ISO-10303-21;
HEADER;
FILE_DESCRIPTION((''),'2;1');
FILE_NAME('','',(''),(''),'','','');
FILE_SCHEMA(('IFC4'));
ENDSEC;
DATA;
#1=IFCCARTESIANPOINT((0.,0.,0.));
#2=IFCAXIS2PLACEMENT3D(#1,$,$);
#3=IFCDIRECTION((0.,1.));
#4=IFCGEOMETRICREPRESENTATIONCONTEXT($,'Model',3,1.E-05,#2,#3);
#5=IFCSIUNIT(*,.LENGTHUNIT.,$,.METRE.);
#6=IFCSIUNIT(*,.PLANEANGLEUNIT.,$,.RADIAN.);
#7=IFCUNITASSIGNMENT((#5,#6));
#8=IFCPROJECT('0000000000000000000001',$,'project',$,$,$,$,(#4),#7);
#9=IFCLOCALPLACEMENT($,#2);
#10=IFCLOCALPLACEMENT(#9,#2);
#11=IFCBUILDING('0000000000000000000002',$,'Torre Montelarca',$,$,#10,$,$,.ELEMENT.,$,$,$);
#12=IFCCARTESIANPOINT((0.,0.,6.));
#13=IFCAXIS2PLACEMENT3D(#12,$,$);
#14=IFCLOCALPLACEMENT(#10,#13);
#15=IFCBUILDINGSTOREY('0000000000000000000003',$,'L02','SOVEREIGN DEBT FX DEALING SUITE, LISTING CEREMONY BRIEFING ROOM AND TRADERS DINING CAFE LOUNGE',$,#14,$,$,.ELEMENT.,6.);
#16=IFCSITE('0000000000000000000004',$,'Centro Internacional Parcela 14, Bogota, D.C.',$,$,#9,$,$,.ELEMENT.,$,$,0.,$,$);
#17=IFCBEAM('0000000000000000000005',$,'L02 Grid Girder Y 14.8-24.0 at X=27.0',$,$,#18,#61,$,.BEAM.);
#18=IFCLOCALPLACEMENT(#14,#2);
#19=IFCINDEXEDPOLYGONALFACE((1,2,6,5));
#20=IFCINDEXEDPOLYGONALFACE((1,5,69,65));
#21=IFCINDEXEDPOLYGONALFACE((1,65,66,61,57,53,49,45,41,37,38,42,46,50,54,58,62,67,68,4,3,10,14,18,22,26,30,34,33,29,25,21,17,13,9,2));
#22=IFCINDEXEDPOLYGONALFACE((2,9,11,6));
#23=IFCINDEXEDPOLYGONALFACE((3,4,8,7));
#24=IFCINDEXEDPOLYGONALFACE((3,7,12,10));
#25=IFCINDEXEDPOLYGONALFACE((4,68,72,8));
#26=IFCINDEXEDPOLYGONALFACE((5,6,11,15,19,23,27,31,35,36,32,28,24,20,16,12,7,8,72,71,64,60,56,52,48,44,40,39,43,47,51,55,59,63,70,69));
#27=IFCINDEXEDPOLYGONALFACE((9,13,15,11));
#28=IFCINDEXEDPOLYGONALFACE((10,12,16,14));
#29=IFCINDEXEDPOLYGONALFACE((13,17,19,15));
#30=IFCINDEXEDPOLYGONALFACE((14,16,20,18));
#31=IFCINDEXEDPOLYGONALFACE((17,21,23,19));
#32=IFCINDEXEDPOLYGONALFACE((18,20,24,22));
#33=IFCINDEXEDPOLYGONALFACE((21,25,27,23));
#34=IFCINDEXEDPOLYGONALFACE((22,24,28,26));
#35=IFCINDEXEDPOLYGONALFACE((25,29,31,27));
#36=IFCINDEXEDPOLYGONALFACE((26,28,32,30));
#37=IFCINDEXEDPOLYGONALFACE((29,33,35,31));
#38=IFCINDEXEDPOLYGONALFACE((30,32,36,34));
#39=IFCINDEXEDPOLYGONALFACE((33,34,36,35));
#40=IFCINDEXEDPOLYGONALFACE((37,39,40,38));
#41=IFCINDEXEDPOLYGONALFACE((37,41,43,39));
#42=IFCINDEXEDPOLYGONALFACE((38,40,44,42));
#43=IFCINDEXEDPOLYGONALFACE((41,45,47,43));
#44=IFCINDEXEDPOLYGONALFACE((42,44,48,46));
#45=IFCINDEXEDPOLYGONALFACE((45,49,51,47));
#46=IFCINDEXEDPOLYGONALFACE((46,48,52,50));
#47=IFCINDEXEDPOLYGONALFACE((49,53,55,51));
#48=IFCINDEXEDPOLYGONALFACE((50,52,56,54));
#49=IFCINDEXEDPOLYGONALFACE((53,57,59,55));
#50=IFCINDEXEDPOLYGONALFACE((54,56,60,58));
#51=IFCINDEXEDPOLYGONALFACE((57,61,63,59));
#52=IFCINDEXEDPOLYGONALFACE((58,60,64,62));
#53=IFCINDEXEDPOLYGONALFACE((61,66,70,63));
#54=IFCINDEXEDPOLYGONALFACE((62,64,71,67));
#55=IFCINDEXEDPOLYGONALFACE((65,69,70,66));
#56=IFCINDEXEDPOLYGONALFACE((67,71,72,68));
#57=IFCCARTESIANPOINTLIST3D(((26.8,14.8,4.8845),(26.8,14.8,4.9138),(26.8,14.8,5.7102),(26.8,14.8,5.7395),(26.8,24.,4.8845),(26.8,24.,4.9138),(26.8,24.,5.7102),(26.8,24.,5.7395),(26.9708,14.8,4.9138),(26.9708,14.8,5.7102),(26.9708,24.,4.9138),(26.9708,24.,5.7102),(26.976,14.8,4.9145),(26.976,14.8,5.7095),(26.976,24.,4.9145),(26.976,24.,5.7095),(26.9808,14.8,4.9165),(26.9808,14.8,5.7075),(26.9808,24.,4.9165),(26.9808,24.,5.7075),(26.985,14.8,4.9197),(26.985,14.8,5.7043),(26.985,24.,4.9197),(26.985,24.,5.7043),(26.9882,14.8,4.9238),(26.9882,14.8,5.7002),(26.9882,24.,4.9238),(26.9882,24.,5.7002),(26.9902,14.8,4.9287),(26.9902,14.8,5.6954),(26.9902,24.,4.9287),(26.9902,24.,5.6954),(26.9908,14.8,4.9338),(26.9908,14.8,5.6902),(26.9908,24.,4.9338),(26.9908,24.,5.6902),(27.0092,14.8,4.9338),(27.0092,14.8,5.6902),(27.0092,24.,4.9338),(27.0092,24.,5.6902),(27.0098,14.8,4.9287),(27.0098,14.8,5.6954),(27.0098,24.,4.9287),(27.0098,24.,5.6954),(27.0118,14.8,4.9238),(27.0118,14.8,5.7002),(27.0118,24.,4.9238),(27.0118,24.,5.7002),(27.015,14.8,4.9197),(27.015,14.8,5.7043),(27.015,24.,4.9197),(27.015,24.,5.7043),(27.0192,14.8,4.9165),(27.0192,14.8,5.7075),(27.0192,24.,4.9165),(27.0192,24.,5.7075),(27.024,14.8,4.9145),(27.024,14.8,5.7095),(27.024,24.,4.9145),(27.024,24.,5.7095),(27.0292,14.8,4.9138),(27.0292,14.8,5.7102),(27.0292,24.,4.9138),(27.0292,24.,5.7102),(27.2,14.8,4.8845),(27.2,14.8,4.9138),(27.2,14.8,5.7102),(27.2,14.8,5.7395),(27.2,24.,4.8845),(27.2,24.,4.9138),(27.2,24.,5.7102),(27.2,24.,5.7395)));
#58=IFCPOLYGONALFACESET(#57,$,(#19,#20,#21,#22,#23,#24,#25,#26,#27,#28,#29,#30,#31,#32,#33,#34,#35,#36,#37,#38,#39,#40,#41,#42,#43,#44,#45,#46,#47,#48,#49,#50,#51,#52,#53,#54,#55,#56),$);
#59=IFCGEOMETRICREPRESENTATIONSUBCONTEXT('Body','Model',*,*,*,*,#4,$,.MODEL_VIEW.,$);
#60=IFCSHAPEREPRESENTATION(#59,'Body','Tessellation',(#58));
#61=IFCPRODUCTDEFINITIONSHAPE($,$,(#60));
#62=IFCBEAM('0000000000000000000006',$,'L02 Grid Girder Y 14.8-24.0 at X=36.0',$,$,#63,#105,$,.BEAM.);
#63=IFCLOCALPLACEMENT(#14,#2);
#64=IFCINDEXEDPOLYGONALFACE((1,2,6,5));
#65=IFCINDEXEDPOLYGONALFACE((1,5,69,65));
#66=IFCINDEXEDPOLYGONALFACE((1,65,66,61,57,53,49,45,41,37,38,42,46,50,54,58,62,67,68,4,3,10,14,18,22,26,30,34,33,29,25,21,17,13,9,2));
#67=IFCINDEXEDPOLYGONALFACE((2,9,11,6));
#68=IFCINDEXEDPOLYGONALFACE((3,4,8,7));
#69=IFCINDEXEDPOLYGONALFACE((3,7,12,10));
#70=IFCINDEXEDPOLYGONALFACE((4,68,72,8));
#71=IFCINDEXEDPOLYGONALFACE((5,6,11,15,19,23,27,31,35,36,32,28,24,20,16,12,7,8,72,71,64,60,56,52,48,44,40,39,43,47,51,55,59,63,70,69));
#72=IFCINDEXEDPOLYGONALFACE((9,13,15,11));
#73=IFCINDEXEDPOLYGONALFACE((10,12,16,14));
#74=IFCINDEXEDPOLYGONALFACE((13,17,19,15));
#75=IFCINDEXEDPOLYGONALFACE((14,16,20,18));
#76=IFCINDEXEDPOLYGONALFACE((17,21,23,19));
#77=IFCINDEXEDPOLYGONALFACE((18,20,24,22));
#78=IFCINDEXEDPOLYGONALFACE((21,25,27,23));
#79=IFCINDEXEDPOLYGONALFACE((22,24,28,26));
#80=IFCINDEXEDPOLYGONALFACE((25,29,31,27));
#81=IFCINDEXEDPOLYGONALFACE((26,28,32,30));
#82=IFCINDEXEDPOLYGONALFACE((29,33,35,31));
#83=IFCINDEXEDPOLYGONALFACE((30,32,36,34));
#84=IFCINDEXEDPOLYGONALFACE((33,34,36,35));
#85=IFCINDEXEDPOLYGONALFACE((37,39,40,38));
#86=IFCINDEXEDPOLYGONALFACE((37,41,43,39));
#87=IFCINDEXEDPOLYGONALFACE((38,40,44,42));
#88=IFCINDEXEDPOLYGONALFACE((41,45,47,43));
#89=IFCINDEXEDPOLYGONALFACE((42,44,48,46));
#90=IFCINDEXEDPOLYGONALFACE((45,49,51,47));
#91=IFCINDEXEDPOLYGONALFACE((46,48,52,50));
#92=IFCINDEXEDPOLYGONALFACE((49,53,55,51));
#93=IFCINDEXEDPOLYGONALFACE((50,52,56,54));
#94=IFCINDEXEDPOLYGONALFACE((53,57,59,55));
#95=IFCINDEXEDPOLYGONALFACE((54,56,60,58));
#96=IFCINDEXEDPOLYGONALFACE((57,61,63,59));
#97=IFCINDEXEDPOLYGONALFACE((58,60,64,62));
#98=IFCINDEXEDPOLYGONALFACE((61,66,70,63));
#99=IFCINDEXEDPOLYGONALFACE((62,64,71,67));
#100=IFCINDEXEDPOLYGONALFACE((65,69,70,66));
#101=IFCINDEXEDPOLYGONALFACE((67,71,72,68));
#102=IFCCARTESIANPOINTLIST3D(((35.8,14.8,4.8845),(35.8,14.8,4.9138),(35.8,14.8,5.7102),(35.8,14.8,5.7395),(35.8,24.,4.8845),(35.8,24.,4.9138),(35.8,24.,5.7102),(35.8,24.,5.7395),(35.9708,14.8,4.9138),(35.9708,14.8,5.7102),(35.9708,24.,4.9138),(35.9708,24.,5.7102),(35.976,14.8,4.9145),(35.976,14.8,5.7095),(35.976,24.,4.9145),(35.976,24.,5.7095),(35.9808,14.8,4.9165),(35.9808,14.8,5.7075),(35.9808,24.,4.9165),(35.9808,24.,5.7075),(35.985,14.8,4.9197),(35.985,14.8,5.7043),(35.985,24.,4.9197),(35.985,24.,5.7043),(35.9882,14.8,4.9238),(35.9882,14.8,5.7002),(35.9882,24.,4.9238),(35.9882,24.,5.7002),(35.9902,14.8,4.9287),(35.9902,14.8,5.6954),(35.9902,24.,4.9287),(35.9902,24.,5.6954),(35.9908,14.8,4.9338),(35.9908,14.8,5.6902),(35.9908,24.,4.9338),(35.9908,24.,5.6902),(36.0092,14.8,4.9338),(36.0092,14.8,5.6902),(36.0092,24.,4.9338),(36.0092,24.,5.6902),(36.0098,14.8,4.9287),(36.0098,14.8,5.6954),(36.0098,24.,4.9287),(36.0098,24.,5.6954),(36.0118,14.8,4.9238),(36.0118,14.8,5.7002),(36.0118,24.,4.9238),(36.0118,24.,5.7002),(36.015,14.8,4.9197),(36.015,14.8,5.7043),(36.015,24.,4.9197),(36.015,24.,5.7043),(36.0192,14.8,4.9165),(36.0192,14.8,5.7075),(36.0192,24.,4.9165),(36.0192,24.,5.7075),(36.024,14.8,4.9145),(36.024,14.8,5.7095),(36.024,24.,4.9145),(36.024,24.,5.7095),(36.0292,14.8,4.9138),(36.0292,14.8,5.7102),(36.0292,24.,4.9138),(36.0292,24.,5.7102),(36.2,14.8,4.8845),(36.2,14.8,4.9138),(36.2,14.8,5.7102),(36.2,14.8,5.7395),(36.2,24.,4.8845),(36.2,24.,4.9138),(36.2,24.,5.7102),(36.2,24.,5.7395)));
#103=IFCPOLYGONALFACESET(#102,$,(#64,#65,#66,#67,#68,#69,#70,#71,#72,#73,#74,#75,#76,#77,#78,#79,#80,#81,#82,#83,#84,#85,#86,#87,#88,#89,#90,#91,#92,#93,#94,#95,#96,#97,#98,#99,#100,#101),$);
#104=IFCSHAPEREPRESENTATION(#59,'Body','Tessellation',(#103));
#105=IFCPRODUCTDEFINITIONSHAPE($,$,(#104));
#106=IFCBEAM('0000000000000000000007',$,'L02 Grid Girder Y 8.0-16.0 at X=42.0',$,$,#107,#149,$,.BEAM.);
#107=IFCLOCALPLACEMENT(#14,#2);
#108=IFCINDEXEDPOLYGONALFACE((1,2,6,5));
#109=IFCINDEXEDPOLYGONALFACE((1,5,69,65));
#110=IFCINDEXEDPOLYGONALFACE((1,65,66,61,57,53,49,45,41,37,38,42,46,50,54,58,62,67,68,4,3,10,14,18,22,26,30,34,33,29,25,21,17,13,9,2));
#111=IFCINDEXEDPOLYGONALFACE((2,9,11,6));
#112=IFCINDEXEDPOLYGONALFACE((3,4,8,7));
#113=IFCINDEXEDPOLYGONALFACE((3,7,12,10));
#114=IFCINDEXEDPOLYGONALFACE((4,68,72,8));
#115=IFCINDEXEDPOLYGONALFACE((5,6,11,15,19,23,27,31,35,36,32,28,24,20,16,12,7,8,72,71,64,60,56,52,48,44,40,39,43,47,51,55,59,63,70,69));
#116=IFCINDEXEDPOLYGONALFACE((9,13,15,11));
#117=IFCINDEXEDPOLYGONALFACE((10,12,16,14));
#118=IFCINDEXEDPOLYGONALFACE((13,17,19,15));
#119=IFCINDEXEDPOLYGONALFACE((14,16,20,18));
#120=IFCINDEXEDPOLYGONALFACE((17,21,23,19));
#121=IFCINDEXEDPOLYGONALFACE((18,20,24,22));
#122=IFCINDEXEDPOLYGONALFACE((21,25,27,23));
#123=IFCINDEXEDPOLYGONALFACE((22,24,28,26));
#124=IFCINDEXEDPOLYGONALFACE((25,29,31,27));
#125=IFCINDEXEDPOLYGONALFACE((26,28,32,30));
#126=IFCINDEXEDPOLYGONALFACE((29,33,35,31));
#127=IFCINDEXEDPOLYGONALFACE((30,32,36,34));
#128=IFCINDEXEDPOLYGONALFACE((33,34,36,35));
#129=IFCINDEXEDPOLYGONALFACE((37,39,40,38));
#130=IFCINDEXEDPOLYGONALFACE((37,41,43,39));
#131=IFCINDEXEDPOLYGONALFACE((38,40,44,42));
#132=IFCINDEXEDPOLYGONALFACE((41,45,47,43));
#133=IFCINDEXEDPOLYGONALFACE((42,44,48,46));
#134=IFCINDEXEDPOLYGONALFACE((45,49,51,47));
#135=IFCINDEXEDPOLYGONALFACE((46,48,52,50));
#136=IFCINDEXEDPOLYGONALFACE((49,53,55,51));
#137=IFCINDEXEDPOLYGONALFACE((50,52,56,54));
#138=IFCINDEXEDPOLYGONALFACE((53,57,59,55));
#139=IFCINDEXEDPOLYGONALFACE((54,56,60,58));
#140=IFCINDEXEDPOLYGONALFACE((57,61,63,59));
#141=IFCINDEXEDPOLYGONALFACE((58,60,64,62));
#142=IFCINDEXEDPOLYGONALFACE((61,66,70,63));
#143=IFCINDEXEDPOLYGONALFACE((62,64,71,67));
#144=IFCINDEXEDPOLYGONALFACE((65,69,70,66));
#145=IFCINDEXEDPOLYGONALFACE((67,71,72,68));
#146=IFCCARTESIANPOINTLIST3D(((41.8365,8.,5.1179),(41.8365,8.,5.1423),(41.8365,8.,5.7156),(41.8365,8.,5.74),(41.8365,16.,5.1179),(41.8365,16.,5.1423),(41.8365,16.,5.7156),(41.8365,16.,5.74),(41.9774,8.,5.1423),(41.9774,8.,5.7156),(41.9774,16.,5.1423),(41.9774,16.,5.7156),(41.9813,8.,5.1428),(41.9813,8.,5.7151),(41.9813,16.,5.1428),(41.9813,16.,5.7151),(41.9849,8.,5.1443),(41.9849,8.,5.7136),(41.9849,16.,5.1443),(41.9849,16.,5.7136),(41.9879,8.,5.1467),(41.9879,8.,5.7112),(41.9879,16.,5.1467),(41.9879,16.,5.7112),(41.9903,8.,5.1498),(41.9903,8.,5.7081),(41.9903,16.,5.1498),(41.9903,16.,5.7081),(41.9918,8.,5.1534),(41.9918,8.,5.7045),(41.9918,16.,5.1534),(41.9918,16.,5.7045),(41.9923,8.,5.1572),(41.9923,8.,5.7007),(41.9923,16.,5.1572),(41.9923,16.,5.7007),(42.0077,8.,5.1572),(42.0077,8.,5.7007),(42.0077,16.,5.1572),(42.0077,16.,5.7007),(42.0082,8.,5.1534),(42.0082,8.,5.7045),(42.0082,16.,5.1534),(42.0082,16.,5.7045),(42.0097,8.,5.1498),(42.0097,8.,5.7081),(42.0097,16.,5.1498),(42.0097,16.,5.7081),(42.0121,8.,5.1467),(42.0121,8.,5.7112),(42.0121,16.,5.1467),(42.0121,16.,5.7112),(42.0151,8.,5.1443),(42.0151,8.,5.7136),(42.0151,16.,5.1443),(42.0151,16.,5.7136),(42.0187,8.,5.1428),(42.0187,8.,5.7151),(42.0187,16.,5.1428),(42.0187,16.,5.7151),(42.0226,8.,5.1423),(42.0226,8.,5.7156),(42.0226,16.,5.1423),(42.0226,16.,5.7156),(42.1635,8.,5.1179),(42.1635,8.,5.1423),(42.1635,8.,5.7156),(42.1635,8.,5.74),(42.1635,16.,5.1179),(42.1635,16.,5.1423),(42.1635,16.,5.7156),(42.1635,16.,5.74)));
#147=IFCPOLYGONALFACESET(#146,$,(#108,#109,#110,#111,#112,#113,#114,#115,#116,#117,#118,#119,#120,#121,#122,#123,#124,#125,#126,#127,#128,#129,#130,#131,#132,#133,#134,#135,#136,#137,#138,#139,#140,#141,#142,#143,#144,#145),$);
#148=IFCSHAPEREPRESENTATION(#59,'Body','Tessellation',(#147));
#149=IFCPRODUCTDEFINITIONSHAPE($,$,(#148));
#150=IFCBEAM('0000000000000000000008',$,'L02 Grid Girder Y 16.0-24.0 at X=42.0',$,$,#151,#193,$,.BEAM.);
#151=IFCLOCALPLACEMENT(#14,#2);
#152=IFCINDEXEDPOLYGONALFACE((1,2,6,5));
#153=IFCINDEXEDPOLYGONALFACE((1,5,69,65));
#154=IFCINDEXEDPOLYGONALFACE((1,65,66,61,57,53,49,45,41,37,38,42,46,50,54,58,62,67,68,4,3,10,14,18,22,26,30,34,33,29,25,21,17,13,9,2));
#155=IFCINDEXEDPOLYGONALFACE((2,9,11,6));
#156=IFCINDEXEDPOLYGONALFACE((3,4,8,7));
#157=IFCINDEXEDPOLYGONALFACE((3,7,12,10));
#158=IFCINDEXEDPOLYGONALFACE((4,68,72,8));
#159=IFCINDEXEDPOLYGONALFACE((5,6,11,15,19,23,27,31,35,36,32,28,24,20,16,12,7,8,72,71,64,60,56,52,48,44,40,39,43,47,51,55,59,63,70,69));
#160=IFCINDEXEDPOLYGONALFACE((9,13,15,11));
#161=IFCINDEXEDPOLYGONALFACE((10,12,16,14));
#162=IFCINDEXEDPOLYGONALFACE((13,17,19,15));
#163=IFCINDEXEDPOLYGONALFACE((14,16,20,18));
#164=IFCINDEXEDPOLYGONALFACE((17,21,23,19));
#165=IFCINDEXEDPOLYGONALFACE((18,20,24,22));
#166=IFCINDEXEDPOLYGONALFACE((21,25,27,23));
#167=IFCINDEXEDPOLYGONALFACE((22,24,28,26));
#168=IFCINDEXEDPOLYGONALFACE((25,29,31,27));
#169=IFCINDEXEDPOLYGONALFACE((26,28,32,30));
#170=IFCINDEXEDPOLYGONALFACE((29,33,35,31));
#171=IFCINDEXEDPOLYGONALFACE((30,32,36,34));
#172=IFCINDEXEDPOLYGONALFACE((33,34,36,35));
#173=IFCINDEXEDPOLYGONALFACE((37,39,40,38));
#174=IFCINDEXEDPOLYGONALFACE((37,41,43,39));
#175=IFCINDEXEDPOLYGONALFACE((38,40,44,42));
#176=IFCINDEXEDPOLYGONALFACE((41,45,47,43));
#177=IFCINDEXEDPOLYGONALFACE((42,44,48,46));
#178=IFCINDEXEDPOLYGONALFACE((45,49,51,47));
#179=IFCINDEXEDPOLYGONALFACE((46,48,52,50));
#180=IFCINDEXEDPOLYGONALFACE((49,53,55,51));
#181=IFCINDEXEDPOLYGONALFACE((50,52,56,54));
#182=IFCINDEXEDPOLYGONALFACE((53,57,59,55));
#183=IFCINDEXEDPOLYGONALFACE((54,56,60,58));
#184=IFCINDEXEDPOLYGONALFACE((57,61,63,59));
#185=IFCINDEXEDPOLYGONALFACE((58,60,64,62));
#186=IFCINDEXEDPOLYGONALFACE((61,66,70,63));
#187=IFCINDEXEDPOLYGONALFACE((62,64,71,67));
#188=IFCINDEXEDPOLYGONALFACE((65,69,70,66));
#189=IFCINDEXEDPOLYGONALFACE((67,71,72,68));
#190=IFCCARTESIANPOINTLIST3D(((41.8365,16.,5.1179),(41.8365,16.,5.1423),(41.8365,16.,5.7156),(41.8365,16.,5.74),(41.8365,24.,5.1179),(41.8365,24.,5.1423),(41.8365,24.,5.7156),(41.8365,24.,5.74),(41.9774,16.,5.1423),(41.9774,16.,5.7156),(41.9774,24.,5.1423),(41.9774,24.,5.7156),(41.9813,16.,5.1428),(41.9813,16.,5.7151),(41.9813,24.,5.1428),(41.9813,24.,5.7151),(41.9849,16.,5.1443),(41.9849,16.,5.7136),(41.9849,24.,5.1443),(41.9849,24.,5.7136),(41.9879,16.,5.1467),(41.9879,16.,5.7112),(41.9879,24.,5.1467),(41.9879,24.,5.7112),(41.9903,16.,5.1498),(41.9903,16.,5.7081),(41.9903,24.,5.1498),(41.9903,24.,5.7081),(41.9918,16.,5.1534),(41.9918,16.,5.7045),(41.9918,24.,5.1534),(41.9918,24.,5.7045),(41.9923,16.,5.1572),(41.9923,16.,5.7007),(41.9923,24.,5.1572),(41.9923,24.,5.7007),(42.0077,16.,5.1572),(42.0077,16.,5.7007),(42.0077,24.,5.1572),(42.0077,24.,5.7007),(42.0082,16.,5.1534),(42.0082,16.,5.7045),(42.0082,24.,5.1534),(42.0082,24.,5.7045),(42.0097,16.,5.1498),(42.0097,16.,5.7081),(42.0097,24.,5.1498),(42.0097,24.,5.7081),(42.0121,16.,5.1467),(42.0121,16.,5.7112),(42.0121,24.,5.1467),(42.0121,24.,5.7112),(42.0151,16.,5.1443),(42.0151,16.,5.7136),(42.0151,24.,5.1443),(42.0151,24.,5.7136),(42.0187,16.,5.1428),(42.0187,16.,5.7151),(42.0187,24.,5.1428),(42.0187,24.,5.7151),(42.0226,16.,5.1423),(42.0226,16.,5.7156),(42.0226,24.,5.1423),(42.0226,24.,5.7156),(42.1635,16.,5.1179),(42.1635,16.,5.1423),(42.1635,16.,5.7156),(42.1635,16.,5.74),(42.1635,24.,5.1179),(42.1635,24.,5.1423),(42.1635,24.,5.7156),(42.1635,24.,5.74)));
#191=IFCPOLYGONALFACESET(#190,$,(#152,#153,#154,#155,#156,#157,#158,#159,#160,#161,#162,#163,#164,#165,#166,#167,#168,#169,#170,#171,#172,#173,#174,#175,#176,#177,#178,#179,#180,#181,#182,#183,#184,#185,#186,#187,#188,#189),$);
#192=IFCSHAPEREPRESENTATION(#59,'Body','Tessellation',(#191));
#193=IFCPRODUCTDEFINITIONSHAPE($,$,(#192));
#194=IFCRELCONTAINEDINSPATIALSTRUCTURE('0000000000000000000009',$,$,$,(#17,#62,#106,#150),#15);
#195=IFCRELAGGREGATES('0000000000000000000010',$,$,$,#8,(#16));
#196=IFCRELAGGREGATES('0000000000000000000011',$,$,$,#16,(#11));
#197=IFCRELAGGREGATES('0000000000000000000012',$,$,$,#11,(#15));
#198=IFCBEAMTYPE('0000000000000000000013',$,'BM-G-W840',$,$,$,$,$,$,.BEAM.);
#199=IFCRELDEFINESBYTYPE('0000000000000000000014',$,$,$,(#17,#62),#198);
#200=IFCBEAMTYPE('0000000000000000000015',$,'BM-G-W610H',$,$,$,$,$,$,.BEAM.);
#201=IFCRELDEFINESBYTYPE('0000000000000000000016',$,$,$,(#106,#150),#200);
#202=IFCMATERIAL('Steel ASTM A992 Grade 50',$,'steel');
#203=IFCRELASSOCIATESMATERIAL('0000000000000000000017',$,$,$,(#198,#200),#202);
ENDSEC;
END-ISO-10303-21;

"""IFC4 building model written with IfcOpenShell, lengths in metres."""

from ifc_helpers import new_model, si_unit, direction, frame, origin, origin_2d, place, context, subcontext, project, spatial, i_section, extrude, source, transform, mapped, material, material_profile, profile_set, type_object, element, save


model = new_model("IFC4")

# Units and contexts
model_context = context("Model", 3, precision=1e-05, world=origin(), true_north=direction((0.0, 1.0)))
body_context = subcontext(model_context, "Body", "Model", "MODEL_VIEW")
ifc_project = project(units=[si_unit("LENGTHUNIT", "METRE"), si_unit("PLANEANGLEUNIT", "RADIAN")], contexts=[model_context])

# Site, building, storey
site_placement = place(None, origin())
site = spatial("IfcSite", under=ifc_project, at=site_placement, Name="Centro Internacional Parcela 14, Bogota, D.C.", CompositionType="ELEMENT", RefElevation=0.0)
building_placement = place(site_placement, origin())
building = spatial("IfcBuilding", under=site, at=building_placement, Name="Torre Montelarca", CompositionType="ELEMENT")
storey_placement = place(building_placement, frame((0.0, 0.0, 6.0)))
storey = spatial("IfcBuildingStorey", under=building, at=storey_placement, Name="L02", Description="SOVEREIGN DEBT FX DEALING SUITE, LISTING CEREMONY BRIEFING ROOM AND TRADERS DINING CAFE LOUNGE", CompositionType="ELEMENT", Elevation=6.0)

# Beams
ifc_material_1 = material(Name="Steel ASTM A992 Grade 50", Category="steel")
ifc_material_profile_1 = material_profile(ifc_material_1, i_section(OverallWidth=0.3999, OverallDepth=0.855, WebThickness=0.0183, FlangeThickness=0.0293, FilletRadius=0.02, at=origin_2d()), Name="W840X299", Category="steel")
ifc_profile_set_1 = profile_set([ifc_material_profile_1], Name="Steel ASTM A992 Grade 50")
beam_type_1 = type_object("IfcBeamType", Name="BM-G-W840", PredefinedType="BEAM", material=ifc_profile_set_1)
ifc_material_profile_2 = material_profile(ifc_material_1, i_section(OverallWidth=0.3269, OverallDepth=0.6221, WebThickness=0.0154, FlangeThickness=0.0244, FilletRadius=0.0149, at=origin_2d()), Name="W610X195", Category="steel")
ifc_profile_set_2 = profile_set([ifc_material_profile_2], Name="Steel ASTM A992 Grade 50")
beam_type_2 = type_object("IfcBeamType", Name="BM-G-W610H", PredefinedType="BEAM", material=ifc_profile_set_2)
shared_shape_1 = source(origin(), body_context, "Body", "SweptSolid", [
    extrude(i_section(OverallWidth=0.3999, OverallDepth=0.855, WebThickness=0.0183, FlangeThickness=0.0293, FilletRadius=0.02, at=origin_2d()), origin(), (0.0, 0.0, 1.0), 9.2),
])
for number, where, z_axis, x_axis, name in (
    (1, (27.0, 14.8, 5.312), (0.0, 1.0, 0.0), (-1.0, 0.0, 0.0), "L02 Grid Girder Y 14.8-24.0 at X=27.0"),
    (2, (36.0, 14.8, 5.312), (0.0, 1.0, 0.0), (-1.0, 0.0, 0.0), "L02 Grid Girder Y 14.8-24.0 at X=36.0"),
):
    element("IfcBeam", number, at=place(storey_placement, frame(where, z_axis=z_axis, x_axis=x_axis)), inside=storey, type_object=beam_type_1, Name=name, PredefinedType="BEAM", context=body_context, shape_type="MappedRepresentation", body=[
        mapped(shared_shape_1, transform((0.0, 0.0, 0.0), scale=1.0)),
    ])
shared_shape_2 = source(origin(), body_context, "Body", "SweptSolid", [
    extrude(i_section(OverallWidth=0.3269, OverallDepth=0.6221, WebThickness=0.0154, FlangeThickness=0.0244, FilletRadius=0.0149, at=origin_2d()), origin(), (0.0, 0.0, 1.0), 8.0),
])
for number, where, z_axis, x_axis, name in (
    (3, (42.0, 8.0, 5.429), (0.0, 1.0, 0.0), (-1.0, 0.0, 0.0), "L02 Grid Girder Y 8.0-16.0 at X=42.0"),
    (4, (42.0, 16.0, 5.429), (0.0, 1.0, 0.0), (-1.0, 0.0, 0.0), "L02 Grid Girder Y 16.0-24.0 at X=42.0"),
):
    element("IfcBeam", number, at=place(storey_placement, frame(where, z_axis=z_axis, x_axis=x_axis)), inside=storey, type_object=beam_type_2, Name=name, PredefinedType="BEAM", context=body_context, shape_type="MappedRepresentation", body=[
        mapped(shared_shape_2, transform((0.0, 0.0, 0.0), scale=1.0)),
    ])

save(model, "model.ifc")
